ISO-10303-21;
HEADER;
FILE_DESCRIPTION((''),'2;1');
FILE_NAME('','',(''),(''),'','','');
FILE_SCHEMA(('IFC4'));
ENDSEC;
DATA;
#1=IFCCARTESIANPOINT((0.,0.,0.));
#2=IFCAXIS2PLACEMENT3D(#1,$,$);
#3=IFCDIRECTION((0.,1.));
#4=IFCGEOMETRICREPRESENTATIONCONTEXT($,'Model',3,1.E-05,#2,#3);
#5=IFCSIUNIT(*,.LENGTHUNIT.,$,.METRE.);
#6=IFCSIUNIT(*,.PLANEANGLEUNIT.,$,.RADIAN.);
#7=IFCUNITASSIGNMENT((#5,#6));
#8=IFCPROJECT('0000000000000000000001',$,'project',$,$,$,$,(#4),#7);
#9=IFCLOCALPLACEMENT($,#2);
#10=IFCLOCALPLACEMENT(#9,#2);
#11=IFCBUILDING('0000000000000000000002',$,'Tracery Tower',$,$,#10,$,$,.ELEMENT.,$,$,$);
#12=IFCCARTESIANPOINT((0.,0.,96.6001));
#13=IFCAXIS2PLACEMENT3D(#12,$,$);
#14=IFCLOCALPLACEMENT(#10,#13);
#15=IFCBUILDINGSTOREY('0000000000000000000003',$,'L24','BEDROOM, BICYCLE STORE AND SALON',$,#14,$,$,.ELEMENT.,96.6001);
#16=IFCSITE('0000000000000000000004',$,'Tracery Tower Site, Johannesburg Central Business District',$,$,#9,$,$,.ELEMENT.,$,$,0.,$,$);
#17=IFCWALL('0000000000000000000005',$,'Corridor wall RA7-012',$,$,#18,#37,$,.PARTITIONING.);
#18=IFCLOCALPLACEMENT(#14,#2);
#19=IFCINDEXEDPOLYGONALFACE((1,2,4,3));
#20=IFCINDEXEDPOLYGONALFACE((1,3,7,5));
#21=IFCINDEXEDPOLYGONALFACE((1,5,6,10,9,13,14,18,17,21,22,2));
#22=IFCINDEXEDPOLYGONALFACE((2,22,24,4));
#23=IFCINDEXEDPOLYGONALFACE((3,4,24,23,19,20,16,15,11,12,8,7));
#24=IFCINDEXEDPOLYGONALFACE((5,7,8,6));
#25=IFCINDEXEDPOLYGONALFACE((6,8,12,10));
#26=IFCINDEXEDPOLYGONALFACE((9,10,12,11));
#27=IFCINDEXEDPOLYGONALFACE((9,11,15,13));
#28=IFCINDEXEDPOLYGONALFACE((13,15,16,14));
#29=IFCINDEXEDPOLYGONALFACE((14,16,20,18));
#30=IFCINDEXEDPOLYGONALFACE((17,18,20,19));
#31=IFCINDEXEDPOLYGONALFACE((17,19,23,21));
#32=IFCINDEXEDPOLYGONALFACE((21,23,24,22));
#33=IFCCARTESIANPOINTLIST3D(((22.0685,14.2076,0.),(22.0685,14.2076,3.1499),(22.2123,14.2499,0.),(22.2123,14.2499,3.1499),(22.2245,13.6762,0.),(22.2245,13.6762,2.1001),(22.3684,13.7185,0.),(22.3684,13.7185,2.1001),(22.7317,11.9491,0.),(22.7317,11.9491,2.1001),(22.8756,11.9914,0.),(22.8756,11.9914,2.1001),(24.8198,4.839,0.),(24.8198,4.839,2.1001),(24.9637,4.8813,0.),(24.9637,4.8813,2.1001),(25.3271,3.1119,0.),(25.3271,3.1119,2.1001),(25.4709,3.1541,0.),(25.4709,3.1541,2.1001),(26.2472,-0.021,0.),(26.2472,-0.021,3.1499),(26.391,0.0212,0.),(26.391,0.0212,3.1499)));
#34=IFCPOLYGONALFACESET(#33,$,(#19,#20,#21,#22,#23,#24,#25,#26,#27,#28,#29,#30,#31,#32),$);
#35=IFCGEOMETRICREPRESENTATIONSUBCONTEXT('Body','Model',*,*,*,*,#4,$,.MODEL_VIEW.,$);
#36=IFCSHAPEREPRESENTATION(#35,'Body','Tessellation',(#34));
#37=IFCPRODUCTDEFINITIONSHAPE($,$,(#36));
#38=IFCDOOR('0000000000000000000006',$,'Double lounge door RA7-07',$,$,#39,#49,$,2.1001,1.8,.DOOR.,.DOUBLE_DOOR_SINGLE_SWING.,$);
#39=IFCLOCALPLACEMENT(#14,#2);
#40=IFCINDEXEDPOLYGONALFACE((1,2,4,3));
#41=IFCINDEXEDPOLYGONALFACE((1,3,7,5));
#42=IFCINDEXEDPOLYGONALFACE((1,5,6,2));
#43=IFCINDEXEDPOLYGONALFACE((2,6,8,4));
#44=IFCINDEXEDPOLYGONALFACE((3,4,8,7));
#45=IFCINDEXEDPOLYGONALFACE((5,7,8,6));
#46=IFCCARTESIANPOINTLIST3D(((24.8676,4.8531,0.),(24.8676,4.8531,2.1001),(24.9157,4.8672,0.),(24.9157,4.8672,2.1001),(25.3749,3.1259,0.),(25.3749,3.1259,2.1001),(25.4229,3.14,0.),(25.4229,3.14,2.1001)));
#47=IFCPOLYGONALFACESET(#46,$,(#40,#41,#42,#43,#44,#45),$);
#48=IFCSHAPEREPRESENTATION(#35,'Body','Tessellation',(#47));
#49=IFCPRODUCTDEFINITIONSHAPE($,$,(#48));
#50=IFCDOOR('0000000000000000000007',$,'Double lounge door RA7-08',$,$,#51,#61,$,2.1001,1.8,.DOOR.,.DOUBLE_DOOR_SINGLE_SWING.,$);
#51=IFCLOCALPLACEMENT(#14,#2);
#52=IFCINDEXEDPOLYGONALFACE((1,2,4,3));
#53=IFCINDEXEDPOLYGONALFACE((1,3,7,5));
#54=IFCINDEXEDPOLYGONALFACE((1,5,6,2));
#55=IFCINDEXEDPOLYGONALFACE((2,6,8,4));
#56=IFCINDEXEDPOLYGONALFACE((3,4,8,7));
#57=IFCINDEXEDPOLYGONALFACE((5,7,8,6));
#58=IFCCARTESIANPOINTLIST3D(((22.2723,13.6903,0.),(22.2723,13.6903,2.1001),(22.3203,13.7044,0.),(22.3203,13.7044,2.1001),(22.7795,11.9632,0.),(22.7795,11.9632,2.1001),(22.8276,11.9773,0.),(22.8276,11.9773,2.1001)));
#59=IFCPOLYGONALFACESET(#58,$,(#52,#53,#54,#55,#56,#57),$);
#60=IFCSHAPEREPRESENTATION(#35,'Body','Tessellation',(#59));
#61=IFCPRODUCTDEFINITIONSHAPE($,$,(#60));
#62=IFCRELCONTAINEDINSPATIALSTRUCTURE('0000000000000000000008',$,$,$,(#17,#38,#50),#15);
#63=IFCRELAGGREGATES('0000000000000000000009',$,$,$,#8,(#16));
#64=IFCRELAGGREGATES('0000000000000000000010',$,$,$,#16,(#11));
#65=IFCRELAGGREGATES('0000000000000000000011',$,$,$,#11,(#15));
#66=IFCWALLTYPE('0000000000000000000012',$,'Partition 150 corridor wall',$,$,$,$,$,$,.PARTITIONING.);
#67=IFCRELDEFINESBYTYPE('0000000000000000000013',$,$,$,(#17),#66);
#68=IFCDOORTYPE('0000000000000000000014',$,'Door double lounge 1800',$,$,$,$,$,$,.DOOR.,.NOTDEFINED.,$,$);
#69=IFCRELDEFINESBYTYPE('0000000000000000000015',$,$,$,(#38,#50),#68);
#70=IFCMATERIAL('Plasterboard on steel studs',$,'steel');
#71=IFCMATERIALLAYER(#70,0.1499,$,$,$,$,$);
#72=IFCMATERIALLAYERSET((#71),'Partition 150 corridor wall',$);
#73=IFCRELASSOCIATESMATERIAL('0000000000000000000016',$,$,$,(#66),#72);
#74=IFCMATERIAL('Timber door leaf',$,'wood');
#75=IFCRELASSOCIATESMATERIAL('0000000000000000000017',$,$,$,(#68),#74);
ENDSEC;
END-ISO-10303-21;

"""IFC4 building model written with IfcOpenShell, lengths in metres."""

from ifc_helpers import new_model, si_unit, direction, frame, frame_2d, origin, place, context, subcontext, project, spatial, rectangle, extrude, material, layer, layer_set, type_object, element, fill, save


model = new_model("IFC4")

# Units and contexts
model_context = context("Model", 3, precision=1e-05, world=origin(), true_north=direction((0.0, 1.0)))
body_context = subcontext(model_context, "Body", "Model", "MODEL_VIEW")
ifc_project = project(units=[si_unit("LENGTHUNIT", "METRE"), si_unit("PLANEANGLEUNIT", "RADIAN")], contexts=[model_context])

# Site, building, storey
site_placement = place(None, origin())
site = spatial("IfcSite", under=ifc_project, at=site_placement, Name="Tracery Tower Site, Johannesburg Central Business District", CompositionType="ELEMENT", RefElevation=0.0)
building_placement = place(site_placement, origin())
building = spatial("IfcBuilding", under=site, at=building_placement, Name="Tracery Tower", CompositionType="ELEMENT")
storey_placement = place(building_placement, frame((0.0, 0.0, 96.6001)))
storey = spatial("IfcBuildingStorey", under=building, at=storey_placement, Name="L24", Description="BEDROOM, BICYCLE STORE AND SALON", CompositionType="ELEMENT", Elevation=96.6001)

# Shared definitions
ifc_material_1 = material(Name="Plasterboard on steel studs", Category="steel")
ifc_layer_1 = layer(ifc_material_1, 0.1499)
ifc_layer_set_1 = layer_set([ifc_layer_1], Name="Partition 150 corridor wall")
wall_type_1 = type_object("IfcWallType", Name="Partition 150 corridor wall", PredefinedType="PARTITIONING", material=ifc_layer_set_1)

# Wall, openings, doors
wall_1_placement = place(storey_placement, frame((22.1404, 14.2288, 0.0), z_axis=(0.0, 0.0, 1.0), x_axis=(0.28178, -0.959479, 0.0)))
wall_1 = element("IfcWall", 1, at=wall_1_placement, inside=storey, type_object=wall_type_1, Name="Corridor wall RA7-012", PredefinedType="PARTITIONING", context=body_context, shape_type="SweptSolid", body=[
    extrude(rectangle(XDim=14.8296, YDim=0.1499, at=frame_2d((7.4148, 0.0))), origin(), (0.0, 0.0, 1.0), 3.1499),
])
opening_1_placement = place(wall_1_placement, frame((9.7644, 0.0, 0.0)))
opening_1 = element("IfcOpeningElement", 2, at=opening_1_placement, cuts=wall_1, PredefinedType="OPENING", context=body_context, shape_type="SweptSolid", body=[
    extrude(rectangle(XDim=1.8, YDim=2.1001, at=frame_2d((0.8999, 1.05))), frame((0.0, 0.075, 0.0), z_axis=(0.0, -1.0, 0.0), x_axis=(1.0, 0.0, 0.0)), (0.0, 0.0, 1.0), 0.1499),
])
opening_2_placement = place(wall_1_placement, frame((0.554, 0.0, 0.0)))
opening_2 = element("IfcOpeningElement", 3, at=opening_2_placement, cuts=wall_1, PredefinedType="OPENING", context=body_context, shape_type="SweptSolid", body=[
    extrude(rectangle(XDim=1.8, YDim=2.1001, at=frame_2d((0.8999, 1.05))), frame((0.0, 0.075, 0.0), z_axis=(0.0, -1.0, 0.0), x_axis=(1.0, 0.0, 0.0)), (0.0, 0.0, 1.0), 0.1499),
])
ifc_material_2 = material(Name="Timber door leaf", Category="wood")
door_type = type_object("IfcDoorType", Name="Door double lounge 1800", OperationType="NOTDEFINED", PredefinedType="DOOR", material=ifc_material_2)
door_1_placement = place(opening_1_placement, origin())
door_1 = element("IfcDoor", 4, at=door_1_placement, inside=storey, type_object=door_type, Name="Double lounge door RA7-07", OperationType="DOUBLE_DOOR_SINGLE_SWING", OverallHeight=2.1001, OverallWidth=1.8, PredefinedType="DOOR", context=body_context, shape_type="SweptSolid", body=[
    extrude(rectangle(XDim=1.8, YDim=2.1001, at=frame_2d((0.8999, 1.05))), frame((0.0, 0.0249, 0.0), z_axis=(0.0, -1.0, 0.0), x_axis=(1.0, 0.0, 0.0)), (0.0, 0.0, 1.0), 0.05),
])
fill(opening_1, door_1)
door_2_placement = place(opening_2_placement, origin())
door_2 = element("IfcDoor", 5, at=door_2_placement, inside=storey, type_object=door_type, Name="Double lounge door RA7-08", OperationType="DOUBLE_DOOR_SINGLE_SWING", OverallHeight=2.1001, OverallWidth=1.8, PredefinedType="DOOR", context=body_context, shape_type="SweptSolid", body=[
    extrude(rectangle(XDim=1.8, YDim=2.1001, at=frame_2d((0.8999, 1.05))), frame((0.0, 0.0249, 0.0), z_axis=(0.0, -1.0, 0.0), x_axis=(1.0, 0.0, 0.0)), (0.0, 0.0, 1.0), 0.05),
])
fill(opening_2, door_2)

save(model, "model.ifc")
